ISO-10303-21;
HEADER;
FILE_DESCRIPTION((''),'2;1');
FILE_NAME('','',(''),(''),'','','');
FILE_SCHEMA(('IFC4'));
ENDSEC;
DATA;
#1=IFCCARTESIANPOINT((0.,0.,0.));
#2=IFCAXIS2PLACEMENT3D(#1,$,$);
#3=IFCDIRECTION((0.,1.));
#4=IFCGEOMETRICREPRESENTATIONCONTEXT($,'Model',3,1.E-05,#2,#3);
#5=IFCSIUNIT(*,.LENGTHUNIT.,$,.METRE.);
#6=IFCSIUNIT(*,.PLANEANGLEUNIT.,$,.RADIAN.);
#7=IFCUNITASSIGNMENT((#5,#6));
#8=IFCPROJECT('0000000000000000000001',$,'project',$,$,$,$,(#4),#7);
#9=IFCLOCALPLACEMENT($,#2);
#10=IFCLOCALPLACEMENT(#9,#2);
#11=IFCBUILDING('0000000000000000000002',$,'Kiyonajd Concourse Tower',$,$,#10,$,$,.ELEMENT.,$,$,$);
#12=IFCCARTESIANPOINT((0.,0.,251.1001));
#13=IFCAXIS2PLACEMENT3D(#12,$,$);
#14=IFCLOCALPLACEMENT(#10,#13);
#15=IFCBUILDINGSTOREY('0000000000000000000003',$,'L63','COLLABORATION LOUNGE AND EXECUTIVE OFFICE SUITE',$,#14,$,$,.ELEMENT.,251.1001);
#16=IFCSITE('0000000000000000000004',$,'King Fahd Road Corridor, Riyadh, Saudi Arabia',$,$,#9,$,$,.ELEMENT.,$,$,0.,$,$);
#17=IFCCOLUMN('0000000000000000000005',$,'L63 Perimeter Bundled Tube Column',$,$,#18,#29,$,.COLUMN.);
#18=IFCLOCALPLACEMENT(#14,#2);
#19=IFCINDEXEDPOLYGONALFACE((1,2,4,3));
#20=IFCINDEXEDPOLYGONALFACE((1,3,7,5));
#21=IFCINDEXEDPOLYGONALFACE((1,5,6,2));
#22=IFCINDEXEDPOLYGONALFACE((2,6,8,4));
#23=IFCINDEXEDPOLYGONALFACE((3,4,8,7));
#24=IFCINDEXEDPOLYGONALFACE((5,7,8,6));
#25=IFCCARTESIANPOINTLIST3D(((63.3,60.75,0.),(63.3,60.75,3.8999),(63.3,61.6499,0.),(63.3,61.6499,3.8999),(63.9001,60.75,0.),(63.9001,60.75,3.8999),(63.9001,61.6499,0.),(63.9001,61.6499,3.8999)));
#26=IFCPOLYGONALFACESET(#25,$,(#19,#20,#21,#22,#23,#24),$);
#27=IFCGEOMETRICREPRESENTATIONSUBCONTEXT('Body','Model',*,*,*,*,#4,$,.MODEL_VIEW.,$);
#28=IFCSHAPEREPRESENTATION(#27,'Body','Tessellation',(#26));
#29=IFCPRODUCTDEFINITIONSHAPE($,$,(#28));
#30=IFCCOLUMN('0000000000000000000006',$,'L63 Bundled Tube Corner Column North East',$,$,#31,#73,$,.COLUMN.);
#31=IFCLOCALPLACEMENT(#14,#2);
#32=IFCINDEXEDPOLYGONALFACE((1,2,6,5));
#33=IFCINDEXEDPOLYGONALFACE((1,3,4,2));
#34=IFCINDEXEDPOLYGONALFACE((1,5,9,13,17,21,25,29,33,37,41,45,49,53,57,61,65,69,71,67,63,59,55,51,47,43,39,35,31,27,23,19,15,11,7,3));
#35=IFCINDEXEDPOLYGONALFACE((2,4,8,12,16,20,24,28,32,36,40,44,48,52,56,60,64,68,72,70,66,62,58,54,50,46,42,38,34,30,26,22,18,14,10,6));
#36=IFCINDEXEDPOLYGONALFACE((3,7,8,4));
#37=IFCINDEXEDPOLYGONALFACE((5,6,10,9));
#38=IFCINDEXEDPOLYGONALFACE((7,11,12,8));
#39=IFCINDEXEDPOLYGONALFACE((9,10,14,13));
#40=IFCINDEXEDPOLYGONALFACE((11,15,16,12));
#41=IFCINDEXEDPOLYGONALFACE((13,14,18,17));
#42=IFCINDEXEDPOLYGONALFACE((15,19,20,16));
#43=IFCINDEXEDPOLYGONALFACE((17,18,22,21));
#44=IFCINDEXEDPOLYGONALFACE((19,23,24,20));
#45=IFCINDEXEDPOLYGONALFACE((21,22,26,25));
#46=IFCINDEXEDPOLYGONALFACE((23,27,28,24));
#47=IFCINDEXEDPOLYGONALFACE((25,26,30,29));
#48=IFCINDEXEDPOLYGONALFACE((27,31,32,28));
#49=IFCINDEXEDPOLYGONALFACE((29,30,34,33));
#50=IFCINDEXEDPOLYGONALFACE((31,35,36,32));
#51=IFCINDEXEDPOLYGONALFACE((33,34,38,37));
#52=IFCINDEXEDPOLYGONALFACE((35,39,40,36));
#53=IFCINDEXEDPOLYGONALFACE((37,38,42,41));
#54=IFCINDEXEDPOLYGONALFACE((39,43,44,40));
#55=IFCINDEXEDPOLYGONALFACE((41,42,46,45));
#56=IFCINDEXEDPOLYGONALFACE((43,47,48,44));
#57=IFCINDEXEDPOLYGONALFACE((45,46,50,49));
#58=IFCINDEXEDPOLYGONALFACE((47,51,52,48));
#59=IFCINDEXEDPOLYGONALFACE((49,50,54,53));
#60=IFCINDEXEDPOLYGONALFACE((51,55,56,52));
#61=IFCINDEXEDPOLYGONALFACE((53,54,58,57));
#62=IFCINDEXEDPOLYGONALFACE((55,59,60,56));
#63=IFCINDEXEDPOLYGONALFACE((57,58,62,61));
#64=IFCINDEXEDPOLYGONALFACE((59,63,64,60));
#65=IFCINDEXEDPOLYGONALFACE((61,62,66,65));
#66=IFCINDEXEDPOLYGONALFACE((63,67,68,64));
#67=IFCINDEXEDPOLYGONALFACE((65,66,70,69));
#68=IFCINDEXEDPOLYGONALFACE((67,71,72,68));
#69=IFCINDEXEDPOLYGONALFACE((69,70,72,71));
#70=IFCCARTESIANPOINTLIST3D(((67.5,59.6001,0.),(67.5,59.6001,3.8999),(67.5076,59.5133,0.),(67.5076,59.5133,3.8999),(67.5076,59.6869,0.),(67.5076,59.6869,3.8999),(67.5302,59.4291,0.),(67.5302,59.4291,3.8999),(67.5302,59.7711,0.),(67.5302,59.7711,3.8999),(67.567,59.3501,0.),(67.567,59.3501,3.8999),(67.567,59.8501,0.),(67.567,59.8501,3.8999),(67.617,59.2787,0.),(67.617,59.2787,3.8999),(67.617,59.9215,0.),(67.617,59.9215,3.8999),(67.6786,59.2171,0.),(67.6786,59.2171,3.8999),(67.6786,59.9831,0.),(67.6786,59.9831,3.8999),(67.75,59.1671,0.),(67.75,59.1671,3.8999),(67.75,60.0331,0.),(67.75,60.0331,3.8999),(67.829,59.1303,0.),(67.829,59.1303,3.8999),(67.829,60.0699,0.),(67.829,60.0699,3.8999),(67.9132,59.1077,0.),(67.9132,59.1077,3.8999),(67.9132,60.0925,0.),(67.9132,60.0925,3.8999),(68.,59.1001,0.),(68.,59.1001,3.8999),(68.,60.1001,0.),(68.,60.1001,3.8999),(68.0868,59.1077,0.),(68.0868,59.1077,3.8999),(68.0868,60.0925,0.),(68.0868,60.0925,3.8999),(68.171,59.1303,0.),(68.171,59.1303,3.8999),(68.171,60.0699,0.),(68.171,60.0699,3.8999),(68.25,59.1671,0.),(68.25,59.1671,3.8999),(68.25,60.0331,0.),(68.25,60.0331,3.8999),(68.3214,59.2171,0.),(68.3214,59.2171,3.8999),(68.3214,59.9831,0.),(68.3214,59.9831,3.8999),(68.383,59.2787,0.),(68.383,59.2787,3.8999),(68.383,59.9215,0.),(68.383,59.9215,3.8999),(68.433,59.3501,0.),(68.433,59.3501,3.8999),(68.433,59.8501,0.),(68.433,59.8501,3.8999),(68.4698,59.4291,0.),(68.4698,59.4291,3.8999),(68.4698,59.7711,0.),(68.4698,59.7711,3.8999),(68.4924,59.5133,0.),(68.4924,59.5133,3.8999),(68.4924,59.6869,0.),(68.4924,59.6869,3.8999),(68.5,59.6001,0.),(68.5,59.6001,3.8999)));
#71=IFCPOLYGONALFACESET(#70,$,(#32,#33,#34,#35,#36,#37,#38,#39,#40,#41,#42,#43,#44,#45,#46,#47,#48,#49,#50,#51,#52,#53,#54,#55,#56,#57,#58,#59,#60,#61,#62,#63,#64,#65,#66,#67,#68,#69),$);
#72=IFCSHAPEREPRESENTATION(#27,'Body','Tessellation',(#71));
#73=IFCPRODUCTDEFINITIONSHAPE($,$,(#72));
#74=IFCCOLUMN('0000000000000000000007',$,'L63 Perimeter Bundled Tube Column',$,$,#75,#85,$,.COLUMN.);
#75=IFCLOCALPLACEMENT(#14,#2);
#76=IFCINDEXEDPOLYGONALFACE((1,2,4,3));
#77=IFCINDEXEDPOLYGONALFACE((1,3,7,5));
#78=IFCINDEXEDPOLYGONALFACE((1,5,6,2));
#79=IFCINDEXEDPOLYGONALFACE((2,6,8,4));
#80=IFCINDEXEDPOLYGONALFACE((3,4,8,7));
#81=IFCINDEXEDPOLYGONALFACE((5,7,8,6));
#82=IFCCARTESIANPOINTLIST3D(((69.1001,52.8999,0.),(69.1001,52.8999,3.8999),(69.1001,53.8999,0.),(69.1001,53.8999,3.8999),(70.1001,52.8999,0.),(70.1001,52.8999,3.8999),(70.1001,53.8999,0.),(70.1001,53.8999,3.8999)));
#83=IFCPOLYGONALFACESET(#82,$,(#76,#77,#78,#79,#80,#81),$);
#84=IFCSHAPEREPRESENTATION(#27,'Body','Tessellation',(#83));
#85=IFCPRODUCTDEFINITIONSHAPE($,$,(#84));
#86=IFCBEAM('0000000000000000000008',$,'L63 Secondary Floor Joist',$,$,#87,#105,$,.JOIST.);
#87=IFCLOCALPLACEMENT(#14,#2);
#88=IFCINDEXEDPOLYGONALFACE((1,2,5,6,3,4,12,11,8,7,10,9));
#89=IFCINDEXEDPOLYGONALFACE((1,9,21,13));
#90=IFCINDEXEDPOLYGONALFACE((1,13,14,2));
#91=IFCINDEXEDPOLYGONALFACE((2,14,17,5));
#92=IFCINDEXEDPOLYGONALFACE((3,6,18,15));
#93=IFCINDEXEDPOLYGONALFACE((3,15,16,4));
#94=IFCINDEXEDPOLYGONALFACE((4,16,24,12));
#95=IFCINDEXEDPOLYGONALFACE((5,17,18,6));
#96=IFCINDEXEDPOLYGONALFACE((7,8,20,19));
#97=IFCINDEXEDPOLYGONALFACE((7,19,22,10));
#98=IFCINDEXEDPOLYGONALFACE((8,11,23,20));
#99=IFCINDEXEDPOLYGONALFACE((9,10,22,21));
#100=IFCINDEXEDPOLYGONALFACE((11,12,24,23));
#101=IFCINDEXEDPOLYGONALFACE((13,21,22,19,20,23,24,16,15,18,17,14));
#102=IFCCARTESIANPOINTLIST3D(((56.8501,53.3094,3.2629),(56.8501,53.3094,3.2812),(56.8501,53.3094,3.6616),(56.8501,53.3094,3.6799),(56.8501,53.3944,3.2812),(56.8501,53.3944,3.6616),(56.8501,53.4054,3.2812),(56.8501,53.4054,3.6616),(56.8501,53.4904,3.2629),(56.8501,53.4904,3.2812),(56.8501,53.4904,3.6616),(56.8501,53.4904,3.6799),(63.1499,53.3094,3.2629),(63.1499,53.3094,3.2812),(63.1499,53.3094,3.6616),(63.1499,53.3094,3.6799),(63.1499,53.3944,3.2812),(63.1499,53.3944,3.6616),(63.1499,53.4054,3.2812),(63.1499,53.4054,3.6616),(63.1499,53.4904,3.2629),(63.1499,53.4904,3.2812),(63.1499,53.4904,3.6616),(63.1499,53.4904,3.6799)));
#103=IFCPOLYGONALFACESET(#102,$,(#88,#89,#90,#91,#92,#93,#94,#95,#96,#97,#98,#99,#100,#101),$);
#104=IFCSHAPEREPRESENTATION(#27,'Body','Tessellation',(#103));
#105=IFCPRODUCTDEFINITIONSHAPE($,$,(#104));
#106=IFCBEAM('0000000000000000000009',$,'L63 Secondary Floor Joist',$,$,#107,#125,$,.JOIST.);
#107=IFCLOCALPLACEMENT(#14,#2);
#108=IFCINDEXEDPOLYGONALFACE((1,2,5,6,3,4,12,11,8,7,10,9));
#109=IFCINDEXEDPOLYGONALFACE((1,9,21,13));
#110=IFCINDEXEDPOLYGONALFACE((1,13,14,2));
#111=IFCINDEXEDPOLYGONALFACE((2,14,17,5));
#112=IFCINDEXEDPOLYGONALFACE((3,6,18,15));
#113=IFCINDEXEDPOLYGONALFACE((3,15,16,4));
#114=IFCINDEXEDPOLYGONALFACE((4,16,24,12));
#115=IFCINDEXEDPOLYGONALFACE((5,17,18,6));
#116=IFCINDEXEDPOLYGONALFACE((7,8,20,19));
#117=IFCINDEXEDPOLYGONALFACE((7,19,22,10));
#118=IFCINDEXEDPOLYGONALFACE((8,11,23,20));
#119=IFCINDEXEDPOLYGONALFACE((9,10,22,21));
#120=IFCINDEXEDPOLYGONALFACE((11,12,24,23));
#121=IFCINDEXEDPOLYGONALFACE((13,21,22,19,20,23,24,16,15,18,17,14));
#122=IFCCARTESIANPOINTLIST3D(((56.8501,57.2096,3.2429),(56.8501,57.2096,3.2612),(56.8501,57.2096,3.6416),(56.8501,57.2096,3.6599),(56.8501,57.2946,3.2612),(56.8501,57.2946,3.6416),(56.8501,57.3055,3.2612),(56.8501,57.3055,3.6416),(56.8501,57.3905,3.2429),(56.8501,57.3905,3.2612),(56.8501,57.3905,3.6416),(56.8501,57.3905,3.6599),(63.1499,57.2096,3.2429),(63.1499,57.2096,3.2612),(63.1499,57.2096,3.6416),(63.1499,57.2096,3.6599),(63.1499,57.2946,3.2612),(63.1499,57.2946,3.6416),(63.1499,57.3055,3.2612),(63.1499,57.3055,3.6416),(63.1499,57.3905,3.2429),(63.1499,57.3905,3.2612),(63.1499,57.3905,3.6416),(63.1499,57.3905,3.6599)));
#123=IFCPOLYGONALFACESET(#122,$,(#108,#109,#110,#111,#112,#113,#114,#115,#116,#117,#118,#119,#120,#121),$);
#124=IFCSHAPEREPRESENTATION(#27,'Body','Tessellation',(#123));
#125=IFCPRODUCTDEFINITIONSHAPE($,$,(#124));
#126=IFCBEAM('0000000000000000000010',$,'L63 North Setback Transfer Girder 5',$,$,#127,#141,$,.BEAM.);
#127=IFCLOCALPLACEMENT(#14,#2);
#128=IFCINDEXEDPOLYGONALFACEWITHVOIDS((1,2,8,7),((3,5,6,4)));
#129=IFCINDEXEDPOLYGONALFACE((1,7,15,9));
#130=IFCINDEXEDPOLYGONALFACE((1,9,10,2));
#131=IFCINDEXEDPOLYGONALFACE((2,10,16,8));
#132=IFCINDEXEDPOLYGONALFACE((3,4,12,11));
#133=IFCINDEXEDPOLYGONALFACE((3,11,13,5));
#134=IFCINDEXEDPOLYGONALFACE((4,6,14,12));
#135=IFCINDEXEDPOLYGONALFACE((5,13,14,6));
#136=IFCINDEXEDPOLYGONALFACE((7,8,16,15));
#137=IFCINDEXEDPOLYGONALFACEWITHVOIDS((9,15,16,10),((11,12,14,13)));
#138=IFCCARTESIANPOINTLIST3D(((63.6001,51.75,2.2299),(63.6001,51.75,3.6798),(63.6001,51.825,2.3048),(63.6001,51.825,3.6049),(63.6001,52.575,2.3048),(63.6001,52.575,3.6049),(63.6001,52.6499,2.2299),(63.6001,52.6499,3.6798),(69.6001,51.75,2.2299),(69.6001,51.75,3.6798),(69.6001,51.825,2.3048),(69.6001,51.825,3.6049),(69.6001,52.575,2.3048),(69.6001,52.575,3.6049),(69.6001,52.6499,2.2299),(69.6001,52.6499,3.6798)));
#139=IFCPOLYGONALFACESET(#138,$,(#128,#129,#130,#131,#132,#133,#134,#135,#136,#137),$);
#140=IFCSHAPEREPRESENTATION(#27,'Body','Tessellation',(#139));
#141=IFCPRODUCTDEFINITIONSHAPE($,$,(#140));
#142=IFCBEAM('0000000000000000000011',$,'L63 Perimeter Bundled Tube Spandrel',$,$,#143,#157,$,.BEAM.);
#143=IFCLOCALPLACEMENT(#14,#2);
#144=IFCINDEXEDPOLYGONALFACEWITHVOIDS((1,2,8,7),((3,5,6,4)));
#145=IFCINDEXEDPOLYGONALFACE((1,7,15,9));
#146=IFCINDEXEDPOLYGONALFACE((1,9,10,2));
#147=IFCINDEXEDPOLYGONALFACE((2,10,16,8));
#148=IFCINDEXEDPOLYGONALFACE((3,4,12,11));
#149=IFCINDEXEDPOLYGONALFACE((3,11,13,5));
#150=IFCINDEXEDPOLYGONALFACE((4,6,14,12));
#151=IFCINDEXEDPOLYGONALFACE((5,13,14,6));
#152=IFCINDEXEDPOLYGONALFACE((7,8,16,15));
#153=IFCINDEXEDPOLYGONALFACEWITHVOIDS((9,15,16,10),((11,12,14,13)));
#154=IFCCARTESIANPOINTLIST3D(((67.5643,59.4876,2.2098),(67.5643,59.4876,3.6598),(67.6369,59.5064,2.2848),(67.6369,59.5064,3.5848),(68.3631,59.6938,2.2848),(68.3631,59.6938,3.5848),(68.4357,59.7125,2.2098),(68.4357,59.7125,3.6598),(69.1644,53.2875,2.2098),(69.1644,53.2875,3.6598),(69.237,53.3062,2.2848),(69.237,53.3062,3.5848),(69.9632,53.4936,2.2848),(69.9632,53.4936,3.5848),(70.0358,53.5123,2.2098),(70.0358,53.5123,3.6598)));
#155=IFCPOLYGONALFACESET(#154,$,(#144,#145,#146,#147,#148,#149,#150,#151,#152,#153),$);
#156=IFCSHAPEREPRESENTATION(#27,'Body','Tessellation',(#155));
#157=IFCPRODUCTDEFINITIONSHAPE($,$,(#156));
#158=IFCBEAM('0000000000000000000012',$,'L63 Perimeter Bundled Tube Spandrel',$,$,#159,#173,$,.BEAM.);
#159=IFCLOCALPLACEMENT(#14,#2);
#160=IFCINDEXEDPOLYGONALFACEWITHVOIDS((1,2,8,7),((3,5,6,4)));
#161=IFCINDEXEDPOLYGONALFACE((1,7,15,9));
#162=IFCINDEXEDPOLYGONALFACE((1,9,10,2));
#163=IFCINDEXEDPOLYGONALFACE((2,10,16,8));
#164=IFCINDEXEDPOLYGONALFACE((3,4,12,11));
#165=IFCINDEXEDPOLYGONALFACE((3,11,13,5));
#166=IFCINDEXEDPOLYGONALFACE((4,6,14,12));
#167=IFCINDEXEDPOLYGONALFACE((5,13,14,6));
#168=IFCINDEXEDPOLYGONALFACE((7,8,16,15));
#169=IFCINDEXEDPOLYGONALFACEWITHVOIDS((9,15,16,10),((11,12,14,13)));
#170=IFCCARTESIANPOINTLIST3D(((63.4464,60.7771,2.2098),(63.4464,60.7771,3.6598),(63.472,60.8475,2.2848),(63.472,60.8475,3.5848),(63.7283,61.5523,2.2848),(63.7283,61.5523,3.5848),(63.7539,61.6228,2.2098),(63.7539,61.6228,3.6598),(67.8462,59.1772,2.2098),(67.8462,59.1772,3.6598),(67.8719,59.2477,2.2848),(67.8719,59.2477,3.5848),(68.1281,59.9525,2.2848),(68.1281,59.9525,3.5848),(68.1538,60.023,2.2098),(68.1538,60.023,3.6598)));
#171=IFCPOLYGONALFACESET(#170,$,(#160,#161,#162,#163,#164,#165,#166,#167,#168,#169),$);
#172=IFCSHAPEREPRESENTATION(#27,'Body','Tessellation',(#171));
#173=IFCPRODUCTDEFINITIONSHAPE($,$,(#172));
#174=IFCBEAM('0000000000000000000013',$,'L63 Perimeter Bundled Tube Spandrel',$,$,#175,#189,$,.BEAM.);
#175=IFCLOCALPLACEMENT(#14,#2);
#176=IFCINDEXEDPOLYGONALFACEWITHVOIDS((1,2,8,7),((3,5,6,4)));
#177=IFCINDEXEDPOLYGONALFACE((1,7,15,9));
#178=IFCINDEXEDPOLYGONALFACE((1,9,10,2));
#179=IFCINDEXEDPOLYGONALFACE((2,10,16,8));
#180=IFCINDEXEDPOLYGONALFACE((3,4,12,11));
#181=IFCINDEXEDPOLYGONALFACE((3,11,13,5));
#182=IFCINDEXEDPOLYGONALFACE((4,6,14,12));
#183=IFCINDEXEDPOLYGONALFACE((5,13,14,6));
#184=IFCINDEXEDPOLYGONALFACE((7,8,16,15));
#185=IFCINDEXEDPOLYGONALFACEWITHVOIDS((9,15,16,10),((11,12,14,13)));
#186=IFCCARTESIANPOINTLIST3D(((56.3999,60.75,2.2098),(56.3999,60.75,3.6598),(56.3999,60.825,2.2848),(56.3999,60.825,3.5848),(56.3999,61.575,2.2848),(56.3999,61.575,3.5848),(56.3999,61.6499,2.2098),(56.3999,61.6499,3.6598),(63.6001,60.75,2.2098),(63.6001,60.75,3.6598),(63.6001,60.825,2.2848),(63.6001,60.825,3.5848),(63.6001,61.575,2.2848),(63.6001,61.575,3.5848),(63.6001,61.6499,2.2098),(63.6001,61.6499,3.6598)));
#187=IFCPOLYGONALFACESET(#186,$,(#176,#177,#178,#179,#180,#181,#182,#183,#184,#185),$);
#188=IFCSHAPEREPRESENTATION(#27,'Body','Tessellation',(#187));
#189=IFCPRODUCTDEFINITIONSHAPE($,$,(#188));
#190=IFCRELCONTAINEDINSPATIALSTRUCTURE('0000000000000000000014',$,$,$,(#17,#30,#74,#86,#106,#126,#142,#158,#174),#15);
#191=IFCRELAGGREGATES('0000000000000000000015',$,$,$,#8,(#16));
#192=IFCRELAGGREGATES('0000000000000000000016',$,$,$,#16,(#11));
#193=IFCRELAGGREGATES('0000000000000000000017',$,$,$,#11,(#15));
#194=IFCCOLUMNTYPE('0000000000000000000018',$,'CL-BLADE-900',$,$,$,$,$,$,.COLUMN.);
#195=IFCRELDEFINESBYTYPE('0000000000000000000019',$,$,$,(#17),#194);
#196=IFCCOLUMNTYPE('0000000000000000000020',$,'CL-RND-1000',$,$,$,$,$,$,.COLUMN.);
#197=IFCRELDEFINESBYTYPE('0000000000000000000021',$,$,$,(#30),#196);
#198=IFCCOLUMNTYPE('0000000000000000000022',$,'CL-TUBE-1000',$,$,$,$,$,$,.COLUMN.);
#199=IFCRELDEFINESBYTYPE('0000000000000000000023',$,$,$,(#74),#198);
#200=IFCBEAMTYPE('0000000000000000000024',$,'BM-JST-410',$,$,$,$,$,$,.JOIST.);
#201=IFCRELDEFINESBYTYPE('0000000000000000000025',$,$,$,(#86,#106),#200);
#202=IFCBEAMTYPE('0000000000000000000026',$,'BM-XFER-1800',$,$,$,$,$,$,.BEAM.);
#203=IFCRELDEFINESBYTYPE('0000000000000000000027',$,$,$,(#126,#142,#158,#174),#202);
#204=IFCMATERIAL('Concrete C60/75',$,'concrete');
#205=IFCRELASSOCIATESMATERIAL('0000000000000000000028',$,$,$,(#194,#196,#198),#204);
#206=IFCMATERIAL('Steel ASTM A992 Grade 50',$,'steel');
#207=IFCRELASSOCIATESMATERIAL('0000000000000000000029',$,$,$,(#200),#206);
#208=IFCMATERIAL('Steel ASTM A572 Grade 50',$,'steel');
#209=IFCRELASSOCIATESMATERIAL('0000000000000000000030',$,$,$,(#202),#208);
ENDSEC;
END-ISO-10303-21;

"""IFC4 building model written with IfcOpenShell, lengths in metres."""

from ifc_helpers import new_model, si_unit, direction, frame, origin, origin_2d, place, context, subcontext, project, spatial, rectangle, hollow_rectangle, circle, i_section, extrude, material, material_profile, profile_set, type_object, element, save


model = new_model("IFC4")

# Units and contexts
model_context = context("Model", 3, precision=1e-05, world=origin(), true_north=direction((0.0, 1.0)))
body_context = subcontext(model_context, "Body", "Model", "MODEL_VIEW")
ifc_project = project(units=[si_unit("LENGTHUNIT", "METRE"), si_unit("PLANEANGLEUNIT", "RADIAN")], contexts=[model_context])

# Site, building, storey
site_placement = place(None, origin())
site = spatial("IfcSite", under=ifc_project, at=site_placement, Name="King Fahd Road Corridor, Riyadh, Saudi Arabia", CompositionType="ELEMENT", RefElevation=0.0)
building_placement = place(site_placement, origin())
building = spatial("IfcBuilding", under=site, at=building_placement, Name="Kiyonajd Concourse Tower", CompositionType="ELEMENT")
storey_placement = place(building_placement, frame((0.0, 0.0, 251.1001)))
storey = spatial("IfcBuildingStorey", under=building, at=storey_placement, Name="L63", Description="COLLABORATION LOUNGE AND EXECUTIVE OFFICE SUITE", CompositionType="ELEMENT", Elevation=251.1001)

# Columns
ifc_material_1 = material(Name="Concrete C60/75", Category="concrete")
ifc_material_profile_1 = material_profile(ifc_material_1, rectangle(XDim=0.6001, YDim=0.8999, at=origin_2d()), Name="RC-900x600")
ifc_profile_set_1 = profile_set([ifc_material_profile_1], Name="Concrete C60/75")
column_type_1 = type_object("IfcColumnType", Name="CL-BLADE-900", PredefinedType="COLUMN", material=ifc_profile_set_1)
column_1_placement = place(storey_placement, frame((63.6001, 61.2, 0.0), z_axis=(0.0, 0.0, 1.0), x_axis=(1.0, 0.0, 0.0)))
element("IfcColumn", 1, at=column_1_placement, inside=storey, type_object=column_type_1, Name="L63 Perimeter Bundled Tube Column", PredefinedType="COLUMN", context=body_context, shape_type="SweptSolid", body=[
    extrude(rectangle(XDim=0.6001, YDim=0.8999, at=origin_2d()), origin(), (0.0, 0.0, 1.0), 3.8999),
])
ifc_material_profile_2 = material_profile(ifc_material_1, circle(Radius=0.5, at=origin_2d()), Name="RCC-D1000")
ifc_profile_set_2 = profile_set([ifc_material_profile_2], Name="Concrete C60/75")
column_type_2 = type_object("IfcColumnType", Name="CL-RND-1000", PredefinedType="COLUMN", material=ifc_profile_set_2)
column_2_placement = place(storey_placement, frame((68.0, 59.6001, 0.0), z_axis=(0.0, 0.0, 1.0), x_axis=(1.0, 0.0, 0.0)))
element("IfcColumn", 2, at=column_2_placement, inside=storey, type_object=column_type_2, Name="L63 Bundled Tube Corner Column North East", PredefinedType="COLUMN", context=body_context, shape_type="SweptSolid", body=[
    extrude(circle(Radius=0.5, at=origin_2d()), origin(), (0.0, 0.0, 1.0), 3.8999),
])
ifc_material_profile_3 = material_profile(ifc_material_1, rectangle(XDim=1.0, YDim=1.0, at=origin_2d()), Name="RC-1000x1000")
ifc_profile_set_3 = profile_set([ifc_material_profile_3], Name="Concrete C60/75")
column_type_3 = type_object("IfcColumnType", Name="CL-TUBE-1000", PredefinedType="COLUMN", material=ifc_profile_set_3)
column_3_placement = place(storey_placement, frame((69.6001, 53.3999, 0.0), z_axis=(0.0, 0.0, 1.0), x_axis=(1.0, 0.0, 0.0)))
element("IfcColumn", 3, at=column_3_placement, inside=storey, type_object=column_type_3, Name="L63 Perimeter Bundled Tube Column", PredefinedType="COLUMN", context=body_context, shape_type="SweptSolid", body=[
    extrude(rectangle(XDim=1.0, YDim=1.0, at=origin_2d()), origin(), (0.0, 0.0, 1.0), 3.8999),
])

# Beams
ifc_material_2 = material(Name="Steel ASTM A992 Grade 50", Category="steel")
ifc_material_profile_4 = material_profile(ifc_material_2, i_section(OverallWidth=0.1809, OverallDepth=0.417, WebThickness=0.011, FlangeThickness=0.0183, at=origin_2d()), Name="W410X85")
ifc_profile_set_4 = profile_set([ifc_material_profile_4], Name="Steel ASTM A992 Grade 50")
beam_type_1 = type_object("IfcBeamType", Name="BM-JST-410", PredefinedType="JOIST", material=ifc_profile_set_4)
for number, where, z_axis, x_axis, name in (
    (4, (56.8501, 53.3999, 3.4714), (1.0, 0.0, 0.0), (0.0, 1.0, 0.0), "L63 Secondary Floor Joist"),
    (5, (56.8501, 57.3, 3.4514), (1.0, 0.0, 0.0), (0.0, 1.0, 0.0), "L63 Secondary Floor Joist"),
):
    element("IfcBeam", number, at=place(storey_placement, frame(where, z_axis=z_axis, x_axis=x_axis)), inside=storey, type_object=beam_type_1, Name=name, PredefinedType="JOIST", context=body_context, shape_type="SweptSolid", body=[
        extrude(i_section(OverallWidth=0.1809, OverallDepth=0.417, WebThickness=0.011, FlangeThickness=0.0183, at=origin_2d()), origin(), (0.0, 0.0, 1.0), 6.2998),
    ])
ifc_material_3 = material(Name="Steel ASTM A572 Grade 50", Category="steel")
ifc_material_profile_5 = material_profile(ifc_material_3, hollow_rectangle(XDim=0.8999, YDim=1.45, WallThickness=0.075, at=origin_2d()), Name="BOX-1450x900x75")
ifc_profile_set_5 = profile_set([ifc_material_profile_5], Name="Steel ASTM A572 Grade 50")
beam_type_2 = type_object("IfcBeamType", Name="BM-XFER-1800", PredefinedType="BEAM", material=ifc_profile_set_5)
beam_1_placement = place(storey_placement, frame((63.6001, 52.2, 2.9548), z_axis=(1.0, 0.0, 0.0), x_axis=(0.0, 1.0, 0.0)))
element("IfcBeam", 6, at=beam_1_placement, inside=storey, type_object=beam_type_2, Name="L63 North Setback Transfer Girder 5", PredefinedType="BEAM", context=body_context, shape_type="SweptSolid", body=[
    extrude(hollow_rectangle(XDim=0.8999, YDim=1.45, WallThickness=0.075, at=origin_2d()), origin(), (0.0, 0.0, 1.0), 6.0),
])
beam_2_placement = place(storey_placement, frame((69.6001, 53.3999, 2.9348), z_axis=(-0.249885, 0.968276, 0.0), x_axis=(-0.968276, -0.249885, 0.0)))
element("IfcBeam", 7, at=beam_2_placement, inside=storey, type_object=beam_type_2, Name="L63 Perimeter Bundled Tube Spandrel", PredefinedType="BEAM", context=body_context, shape_type="SweptSolid", body=[
    extrude(hollow_rectangle(XDim=0.8999, YDim=1.45, WallThickness=0.075, at=origin_2d()), origin(), (0.0, 0.0, 1.0), 6.4033),
])
beam_3_placement = place(storey_placement, frame((68.0, 59.6001, 2.9348), z_axis=(-0.939801, 0.341722, 0.0), x_axis=(-0.341722, -0.939801, 0.0)))
element("IfcBeam", 8, at=beam_3_placement, inside=storey, type_object=beam_type_2, Name="L63 Perimeter Bundled Tube Spandrel", PredefinedType="BEAM", context=body_context, shape_type="SweptSolid", body=[
    extrude(hollow_rectangle(XDim=0.8999, YDim=1.45, WallThickness=0.075, at=origin_2d()), origin(), (0.0, 0.0, 1.0), 4.6816),
])
beam_4_placement = place(storey_placement, frame((63.6001, 61.2, 2.9348), z_axis=(-1.0, 0.0, 0.0), x_axis=(0.0, -1.0, 0.0)))
element("IfcBeam", 9, at=beam_4_placement, inside=storey, type_object=beam_type_2, Name="L63 Perimeter Bundled Tube Spandrel", PredefinedType="BEAM", context=body_context, shape_type="SweptSolid", body=[
    extrude(hollow_rectangle(XDim=0.8999, YDim=1.45, WallThickness=0.075, at=origin_2d()), origin(), (0.0, 0.0, 1.0), 7.2002),
])

save(model, "model.ifc")
